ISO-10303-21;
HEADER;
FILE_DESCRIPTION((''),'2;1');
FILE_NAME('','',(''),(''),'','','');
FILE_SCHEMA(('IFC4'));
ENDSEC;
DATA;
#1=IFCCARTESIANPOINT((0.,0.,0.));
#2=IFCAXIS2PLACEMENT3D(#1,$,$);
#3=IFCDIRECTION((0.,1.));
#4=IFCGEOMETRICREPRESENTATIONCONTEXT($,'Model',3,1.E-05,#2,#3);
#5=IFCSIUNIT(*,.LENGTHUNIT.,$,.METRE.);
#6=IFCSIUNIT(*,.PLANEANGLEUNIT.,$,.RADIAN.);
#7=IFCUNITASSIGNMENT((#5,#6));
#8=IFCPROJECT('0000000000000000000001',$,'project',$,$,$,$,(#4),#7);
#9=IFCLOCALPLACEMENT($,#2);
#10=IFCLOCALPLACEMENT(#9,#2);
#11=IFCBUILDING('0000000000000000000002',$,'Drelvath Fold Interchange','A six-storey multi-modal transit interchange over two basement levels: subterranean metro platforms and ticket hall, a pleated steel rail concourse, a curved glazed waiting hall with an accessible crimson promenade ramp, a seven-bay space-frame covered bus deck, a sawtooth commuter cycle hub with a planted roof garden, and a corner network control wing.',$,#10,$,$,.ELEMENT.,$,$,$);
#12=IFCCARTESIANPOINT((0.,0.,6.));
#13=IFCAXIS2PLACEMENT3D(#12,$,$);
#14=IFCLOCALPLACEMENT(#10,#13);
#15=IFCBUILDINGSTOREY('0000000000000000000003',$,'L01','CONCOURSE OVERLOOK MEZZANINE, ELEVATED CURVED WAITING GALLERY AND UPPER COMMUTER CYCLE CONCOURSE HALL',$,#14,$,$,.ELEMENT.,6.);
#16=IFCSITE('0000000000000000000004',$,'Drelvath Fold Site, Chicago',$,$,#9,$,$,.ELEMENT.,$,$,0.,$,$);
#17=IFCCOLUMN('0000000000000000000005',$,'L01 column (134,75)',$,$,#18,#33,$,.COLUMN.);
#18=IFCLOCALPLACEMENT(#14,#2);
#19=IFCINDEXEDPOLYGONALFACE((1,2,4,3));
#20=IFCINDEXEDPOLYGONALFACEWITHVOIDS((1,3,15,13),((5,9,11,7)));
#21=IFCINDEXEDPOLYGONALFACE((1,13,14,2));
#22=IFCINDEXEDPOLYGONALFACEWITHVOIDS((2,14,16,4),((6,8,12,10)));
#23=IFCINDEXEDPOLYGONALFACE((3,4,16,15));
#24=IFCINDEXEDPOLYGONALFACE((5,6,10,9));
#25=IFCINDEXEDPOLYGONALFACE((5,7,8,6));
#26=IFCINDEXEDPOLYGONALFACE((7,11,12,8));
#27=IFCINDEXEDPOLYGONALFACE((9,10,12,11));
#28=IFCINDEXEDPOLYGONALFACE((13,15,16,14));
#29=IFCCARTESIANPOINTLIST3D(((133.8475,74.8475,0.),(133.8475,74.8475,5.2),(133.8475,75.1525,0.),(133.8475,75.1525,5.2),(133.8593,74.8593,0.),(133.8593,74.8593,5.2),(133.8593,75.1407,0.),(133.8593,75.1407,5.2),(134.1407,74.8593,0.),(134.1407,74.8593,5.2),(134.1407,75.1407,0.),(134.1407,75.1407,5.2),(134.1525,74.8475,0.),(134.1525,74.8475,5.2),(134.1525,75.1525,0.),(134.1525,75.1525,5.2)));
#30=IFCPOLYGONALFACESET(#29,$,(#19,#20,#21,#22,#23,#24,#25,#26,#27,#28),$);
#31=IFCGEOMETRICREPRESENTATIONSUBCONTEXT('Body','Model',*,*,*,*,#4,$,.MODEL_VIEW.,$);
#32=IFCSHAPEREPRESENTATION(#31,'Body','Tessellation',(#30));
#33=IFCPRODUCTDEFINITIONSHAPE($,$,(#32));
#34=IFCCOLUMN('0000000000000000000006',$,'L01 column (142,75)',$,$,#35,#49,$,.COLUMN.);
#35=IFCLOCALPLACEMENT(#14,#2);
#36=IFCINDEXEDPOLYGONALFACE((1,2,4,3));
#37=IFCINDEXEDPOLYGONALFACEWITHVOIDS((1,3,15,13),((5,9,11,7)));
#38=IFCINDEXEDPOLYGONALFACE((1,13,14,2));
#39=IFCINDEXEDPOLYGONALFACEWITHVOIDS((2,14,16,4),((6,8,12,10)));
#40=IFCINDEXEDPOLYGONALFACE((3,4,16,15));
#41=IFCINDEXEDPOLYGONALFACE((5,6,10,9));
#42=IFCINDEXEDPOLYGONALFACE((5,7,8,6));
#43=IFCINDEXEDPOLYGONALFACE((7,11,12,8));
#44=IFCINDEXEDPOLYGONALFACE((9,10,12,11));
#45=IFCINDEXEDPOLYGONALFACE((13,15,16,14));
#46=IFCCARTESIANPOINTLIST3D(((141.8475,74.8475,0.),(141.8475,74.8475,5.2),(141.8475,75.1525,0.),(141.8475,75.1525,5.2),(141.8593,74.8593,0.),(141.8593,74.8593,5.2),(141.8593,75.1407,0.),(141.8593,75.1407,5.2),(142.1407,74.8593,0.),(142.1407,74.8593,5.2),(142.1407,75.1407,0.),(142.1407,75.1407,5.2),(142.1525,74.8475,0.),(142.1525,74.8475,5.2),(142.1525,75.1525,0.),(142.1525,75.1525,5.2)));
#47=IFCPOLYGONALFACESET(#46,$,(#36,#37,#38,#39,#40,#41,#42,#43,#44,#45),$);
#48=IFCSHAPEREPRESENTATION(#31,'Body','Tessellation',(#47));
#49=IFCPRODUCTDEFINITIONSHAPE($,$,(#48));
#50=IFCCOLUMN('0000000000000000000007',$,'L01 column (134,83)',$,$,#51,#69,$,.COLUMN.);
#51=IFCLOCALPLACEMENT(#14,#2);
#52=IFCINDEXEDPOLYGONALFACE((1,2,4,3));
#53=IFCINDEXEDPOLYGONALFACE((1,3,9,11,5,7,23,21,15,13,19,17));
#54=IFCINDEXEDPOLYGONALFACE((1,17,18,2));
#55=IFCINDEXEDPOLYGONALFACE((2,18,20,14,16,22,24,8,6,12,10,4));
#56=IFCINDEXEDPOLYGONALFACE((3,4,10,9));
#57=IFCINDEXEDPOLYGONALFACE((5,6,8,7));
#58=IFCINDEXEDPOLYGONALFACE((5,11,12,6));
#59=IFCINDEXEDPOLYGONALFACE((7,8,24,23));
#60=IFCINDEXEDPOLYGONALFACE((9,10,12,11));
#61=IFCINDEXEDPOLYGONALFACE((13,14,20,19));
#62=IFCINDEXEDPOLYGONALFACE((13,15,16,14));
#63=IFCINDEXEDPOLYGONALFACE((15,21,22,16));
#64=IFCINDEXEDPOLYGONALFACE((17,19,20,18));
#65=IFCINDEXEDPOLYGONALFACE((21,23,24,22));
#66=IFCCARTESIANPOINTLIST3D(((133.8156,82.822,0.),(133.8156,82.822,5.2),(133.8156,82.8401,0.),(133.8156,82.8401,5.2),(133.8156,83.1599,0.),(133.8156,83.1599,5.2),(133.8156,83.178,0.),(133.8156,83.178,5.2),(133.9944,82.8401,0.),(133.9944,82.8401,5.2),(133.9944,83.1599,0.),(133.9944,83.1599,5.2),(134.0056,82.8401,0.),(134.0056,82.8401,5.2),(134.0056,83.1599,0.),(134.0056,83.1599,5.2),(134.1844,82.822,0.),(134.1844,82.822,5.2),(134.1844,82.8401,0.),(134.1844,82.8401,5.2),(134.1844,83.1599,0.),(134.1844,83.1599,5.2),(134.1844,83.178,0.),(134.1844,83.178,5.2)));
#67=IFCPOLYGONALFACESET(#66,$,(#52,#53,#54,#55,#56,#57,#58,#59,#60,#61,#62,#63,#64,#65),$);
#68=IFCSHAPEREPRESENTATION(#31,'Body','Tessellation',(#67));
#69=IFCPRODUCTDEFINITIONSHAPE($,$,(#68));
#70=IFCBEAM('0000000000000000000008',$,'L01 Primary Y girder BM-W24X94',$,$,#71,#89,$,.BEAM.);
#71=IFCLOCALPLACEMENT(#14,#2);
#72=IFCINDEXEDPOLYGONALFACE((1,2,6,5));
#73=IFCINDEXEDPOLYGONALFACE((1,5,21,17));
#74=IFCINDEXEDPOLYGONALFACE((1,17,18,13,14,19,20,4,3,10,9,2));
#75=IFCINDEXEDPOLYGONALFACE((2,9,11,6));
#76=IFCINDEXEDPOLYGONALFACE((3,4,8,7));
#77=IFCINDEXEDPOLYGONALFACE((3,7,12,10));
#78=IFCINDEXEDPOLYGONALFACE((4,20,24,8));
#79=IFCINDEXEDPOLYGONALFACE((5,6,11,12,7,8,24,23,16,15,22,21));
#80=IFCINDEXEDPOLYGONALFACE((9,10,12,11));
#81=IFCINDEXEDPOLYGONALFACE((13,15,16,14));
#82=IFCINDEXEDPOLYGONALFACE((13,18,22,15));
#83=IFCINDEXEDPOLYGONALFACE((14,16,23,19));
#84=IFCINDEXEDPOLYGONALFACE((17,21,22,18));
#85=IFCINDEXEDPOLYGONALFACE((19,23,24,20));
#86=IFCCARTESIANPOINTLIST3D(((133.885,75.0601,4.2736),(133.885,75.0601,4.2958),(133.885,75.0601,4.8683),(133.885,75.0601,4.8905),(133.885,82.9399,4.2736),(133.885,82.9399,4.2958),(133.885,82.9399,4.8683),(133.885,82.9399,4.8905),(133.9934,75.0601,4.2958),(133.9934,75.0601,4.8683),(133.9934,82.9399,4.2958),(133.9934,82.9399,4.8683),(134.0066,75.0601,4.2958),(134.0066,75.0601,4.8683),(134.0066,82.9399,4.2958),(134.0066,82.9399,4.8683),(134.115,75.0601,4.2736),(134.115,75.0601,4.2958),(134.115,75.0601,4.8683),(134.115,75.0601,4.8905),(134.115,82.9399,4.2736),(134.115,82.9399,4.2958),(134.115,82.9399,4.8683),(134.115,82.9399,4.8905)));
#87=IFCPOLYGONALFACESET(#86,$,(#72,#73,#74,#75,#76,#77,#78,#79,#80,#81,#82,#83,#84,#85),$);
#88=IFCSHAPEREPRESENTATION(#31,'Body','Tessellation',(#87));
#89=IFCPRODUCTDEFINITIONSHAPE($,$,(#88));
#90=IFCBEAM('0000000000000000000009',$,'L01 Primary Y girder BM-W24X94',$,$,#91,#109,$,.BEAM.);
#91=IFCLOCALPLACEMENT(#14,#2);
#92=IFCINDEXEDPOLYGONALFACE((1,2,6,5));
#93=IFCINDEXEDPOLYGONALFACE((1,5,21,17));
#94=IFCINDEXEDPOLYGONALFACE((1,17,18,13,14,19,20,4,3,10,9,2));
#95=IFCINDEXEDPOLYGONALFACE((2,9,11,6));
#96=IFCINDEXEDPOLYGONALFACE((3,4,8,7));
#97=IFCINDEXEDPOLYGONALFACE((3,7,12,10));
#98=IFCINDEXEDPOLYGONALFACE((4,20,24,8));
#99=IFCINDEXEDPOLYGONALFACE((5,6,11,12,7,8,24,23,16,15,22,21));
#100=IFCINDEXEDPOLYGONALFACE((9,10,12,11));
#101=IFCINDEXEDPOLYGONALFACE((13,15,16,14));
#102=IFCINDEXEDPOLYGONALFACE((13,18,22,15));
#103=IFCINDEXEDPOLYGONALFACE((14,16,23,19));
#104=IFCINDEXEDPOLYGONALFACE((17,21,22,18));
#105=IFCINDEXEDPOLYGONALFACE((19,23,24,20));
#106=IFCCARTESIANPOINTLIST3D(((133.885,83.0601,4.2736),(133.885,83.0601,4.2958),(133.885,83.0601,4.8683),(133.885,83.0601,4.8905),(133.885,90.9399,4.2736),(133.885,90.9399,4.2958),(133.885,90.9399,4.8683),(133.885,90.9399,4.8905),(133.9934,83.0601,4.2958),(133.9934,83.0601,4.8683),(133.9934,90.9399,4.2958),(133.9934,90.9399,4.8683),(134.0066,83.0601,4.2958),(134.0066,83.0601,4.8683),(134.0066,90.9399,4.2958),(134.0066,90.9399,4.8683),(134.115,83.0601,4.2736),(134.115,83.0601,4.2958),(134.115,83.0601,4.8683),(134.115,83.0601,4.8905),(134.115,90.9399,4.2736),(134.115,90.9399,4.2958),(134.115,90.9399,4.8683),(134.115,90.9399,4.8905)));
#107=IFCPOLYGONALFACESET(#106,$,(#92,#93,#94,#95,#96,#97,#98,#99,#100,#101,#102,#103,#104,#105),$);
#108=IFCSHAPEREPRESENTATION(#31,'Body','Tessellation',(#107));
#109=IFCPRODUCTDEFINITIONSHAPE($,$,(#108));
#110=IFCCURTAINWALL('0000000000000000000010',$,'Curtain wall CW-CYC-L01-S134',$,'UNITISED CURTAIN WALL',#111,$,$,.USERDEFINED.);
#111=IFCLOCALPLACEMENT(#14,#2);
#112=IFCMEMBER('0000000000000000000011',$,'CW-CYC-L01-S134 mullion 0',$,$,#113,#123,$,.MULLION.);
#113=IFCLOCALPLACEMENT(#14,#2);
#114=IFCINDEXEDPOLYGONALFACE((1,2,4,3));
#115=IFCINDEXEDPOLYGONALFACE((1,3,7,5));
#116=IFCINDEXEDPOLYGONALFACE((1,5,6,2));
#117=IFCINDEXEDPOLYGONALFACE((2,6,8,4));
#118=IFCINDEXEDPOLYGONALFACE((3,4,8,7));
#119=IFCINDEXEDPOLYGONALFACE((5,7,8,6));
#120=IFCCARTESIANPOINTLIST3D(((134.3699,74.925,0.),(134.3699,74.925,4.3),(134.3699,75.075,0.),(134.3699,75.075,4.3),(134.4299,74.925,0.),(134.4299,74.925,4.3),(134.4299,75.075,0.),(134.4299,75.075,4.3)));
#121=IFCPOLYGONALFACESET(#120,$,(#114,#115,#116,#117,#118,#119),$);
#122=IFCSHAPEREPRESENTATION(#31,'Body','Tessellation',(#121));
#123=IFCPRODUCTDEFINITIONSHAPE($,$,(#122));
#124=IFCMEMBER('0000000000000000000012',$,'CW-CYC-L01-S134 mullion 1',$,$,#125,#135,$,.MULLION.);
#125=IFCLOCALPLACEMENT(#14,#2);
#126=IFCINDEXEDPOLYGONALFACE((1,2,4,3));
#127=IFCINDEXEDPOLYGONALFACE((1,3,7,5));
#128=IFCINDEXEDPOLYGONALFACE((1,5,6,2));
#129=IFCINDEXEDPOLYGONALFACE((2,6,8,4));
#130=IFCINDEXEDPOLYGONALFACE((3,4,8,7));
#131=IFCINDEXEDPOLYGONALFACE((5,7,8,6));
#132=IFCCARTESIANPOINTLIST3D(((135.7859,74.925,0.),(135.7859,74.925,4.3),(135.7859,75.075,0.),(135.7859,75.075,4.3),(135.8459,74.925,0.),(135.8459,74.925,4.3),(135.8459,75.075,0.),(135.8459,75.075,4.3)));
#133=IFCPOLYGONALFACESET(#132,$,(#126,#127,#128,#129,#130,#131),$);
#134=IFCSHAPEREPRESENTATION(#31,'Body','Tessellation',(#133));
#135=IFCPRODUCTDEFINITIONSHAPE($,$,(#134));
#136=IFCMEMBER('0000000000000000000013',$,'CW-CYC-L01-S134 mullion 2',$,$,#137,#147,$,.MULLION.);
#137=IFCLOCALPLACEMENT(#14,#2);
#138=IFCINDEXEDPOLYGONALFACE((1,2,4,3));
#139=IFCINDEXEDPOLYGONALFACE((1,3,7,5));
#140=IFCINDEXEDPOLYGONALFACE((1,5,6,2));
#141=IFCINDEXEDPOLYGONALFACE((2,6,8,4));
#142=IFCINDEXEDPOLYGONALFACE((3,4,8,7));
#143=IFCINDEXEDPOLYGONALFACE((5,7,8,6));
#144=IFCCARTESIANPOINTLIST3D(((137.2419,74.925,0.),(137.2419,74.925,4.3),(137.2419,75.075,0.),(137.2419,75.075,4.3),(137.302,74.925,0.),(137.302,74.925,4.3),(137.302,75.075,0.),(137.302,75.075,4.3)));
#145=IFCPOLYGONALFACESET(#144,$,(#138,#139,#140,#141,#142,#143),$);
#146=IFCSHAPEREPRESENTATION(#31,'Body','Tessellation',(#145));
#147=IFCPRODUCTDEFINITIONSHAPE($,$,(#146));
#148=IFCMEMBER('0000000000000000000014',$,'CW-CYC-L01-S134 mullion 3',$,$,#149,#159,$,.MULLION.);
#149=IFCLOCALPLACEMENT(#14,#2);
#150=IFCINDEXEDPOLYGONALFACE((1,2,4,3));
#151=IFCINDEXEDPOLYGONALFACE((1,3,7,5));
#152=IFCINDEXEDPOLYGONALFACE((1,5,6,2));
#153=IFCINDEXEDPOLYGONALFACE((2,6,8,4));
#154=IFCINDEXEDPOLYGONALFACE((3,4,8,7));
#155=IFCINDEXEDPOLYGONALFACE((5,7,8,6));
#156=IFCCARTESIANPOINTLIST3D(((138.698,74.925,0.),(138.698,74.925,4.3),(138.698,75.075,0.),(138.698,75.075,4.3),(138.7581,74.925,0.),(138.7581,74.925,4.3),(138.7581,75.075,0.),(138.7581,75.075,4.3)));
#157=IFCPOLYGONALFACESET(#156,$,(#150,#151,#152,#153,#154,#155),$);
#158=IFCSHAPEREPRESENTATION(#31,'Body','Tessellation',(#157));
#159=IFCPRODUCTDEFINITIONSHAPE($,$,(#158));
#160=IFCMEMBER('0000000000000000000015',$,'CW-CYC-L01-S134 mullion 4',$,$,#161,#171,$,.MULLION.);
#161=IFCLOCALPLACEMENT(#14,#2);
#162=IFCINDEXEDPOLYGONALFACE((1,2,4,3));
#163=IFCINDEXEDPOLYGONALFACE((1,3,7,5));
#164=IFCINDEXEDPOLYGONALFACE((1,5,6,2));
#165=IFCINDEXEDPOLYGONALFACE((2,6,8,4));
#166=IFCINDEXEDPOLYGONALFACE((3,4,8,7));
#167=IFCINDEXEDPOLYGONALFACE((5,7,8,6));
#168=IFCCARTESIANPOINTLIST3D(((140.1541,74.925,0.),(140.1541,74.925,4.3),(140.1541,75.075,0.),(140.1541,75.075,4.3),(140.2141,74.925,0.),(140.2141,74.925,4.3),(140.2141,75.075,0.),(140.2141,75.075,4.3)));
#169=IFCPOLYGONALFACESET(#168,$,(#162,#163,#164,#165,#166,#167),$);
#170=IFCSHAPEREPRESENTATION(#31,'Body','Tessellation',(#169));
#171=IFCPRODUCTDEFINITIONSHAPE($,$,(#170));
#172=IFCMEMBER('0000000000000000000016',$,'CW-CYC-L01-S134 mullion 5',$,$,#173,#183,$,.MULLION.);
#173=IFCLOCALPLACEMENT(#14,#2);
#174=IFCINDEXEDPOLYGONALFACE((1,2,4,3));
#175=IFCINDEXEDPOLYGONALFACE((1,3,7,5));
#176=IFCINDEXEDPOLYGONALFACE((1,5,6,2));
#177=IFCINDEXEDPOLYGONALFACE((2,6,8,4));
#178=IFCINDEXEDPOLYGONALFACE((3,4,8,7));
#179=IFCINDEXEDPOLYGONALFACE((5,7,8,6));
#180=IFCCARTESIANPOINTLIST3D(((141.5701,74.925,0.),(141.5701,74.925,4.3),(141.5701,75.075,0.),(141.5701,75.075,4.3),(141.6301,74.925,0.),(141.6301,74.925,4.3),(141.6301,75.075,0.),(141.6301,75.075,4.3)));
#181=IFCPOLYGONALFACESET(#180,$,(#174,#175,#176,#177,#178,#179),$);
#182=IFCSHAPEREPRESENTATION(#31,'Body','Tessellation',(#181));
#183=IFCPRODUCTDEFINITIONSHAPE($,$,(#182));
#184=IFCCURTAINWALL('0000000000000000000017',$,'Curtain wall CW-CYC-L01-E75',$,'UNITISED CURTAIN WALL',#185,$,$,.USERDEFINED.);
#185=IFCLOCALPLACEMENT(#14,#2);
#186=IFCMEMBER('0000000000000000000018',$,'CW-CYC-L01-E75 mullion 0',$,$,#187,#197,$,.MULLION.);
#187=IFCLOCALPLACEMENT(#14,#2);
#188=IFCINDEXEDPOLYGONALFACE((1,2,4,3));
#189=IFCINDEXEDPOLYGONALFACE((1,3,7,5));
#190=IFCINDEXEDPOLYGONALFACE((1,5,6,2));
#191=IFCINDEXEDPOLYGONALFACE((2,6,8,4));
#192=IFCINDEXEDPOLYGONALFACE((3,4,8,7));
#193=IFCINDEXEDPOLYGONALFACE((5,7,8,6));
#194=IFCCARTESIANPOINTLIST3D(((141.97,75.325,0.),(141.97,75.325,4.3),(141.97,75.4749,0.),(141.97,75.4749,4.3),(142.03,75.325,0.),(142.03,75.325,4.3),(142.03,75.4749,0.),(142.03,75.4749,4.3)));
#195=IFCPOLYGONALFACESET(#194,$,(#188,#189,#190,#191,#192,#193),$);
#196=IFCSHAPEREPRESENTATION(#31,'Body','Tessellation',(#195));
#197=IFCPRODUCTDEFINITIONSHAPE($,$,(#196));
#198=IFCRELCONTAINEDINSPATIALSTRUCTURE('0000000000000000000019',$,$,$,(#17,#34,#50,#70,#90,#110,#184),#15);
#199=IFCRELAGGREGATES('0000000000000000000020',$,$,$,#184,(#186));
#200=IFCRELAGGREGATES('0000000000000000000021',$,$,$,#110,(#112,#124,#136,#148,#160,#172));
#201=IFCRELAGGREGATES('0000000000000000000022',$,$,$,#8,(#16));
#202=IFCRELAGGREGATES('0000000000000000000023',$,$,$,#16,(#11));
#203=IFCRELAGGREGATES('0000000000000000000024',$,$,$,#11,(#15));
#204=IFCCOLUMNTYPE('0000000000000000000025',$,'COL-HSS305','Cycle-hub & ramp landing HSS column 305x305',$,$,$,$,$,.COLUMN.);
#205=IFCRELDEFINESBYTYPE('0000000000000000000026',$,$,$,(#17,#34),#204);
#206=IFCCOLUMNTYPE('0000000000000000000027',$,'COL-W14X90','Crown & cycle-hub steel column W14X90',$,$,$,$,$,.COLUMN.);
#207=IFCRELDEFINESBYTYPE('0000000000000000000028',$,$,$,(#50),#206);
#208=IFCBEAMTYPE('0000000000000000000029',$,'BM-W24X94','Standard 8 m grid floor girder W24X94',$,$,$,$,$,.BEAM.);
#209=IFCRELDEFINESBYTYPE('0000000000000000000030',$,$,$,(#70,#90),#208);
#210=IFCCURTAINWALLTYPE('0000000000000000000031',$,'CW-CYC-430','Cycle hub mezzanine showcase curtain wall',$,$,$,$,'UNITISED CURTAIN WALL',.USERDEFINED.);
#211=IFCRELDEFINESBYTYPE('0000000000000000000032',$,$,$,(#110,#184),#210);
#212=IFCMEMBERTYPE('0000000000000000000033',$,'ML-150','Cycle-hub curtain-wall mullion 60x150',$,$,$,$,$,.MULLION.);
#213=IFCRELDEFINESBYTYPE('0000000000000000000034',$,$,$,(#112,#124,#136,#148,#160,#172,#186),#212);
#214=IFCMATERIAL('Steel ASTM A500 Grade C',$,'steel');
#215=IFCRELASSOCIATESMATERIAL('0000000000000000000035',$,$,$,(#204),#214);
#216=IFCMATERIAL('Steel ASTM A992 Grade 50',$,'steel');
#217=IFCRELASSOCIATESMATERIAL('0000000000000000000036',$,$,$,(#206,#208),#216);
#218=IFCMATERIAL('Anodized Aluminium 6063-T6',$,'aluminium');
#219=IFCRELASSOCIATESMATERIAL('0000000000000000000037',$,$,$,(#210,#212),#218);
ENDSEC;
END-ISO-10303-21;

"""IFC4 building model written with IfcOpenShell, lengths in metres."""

from ifc_helpers import new_model, si_unit, direction, frame, origin, origin_2d, place, context, subcontext, project, spatial, rectangle, hollow_rectangle, i_section, extrude, material, material_profile, profile_set, type_object, element, aggregate, save


model = new_model("IFC4")

# Units and contexts
model_context = context("Model", 3, precision=1e-05, world=origin(), true_north=direction((0.0, 1.0)))
body_context = subcontext(model_context, "Body", "Model", "MODEL_VIEW")
ifc_project = project(units=[si_unit("LENGTHUNIT", "METRE"), si_unit("PLANEANGLEUNIT", "RADIAN")], contexts=[model_context])

# Site, building, storey
site_placement = place(None, origin())
site = spatial("IfcSite", under=ifc_project, at=site_placement, Name="Drelvath Fold Site, Chicago", CompositionType="ELEMENT", RefElevation=0.0)
building_placement = place(site_placement, origin())
building = spatial("IfcBuilding", under=site, at=building_placement, Name="Drelvath Fold Interchange", Description="A six-storey multi-modal transit interchange over two basement levels: subterranean metro platforms and ticket hall, a pleated steel rail concourse, a curved glazed waiting hall with an accessible crimson promenade ramp, a seven-bay space-frame covered bus deck, a sawtooth commuter cycle hub with a planted roof garden, and a corner network control wing.", CompositionType="ELEMENT")
storey_placement = place(building_placement, frame((0.0, 0.0, 6.0)))
storey = spatial("IfcBuildingStorey", under=building, at=storey_placement, Name="L01", Description="CONCOURSE OVERLOOK MEZZANINE, ELEVATED CURVED WAITING GALLERY AND UPPER COMMUTER CYCLE CONCOURSE HALL", CompositionType="ELEMENT", Elevation=6.0)

# Columns
ifc_material_1 = material(Name="Steel ASTM A500 Grade C", Category="steel")
ifc_material_profile_1 = material_profile(ifc_material_1, hollow_rectangle(XDim=0.3049, YDim=0.3049, WallThickness=0.0117, at=origin_2d()), Name="HSS12X12X1/2")
ifc_profile_set_1 = profile_set([ifc_material_profile_1], Name="Steel ASTM A500 Grade C")
column_type_1 = type_object("IfcColumnType", Name="COL-HSS305", Description="Cycle-hub & ramp landing HSS column 305x305", PredefinedType="COLUMN", material=ifc_profile_set_1)
for number, where, z_axis, x_axis, name in (
    (1, (134.0, 75.0, 0.0), (0.0, 0.0, 1.0), (1.0, 0.0, 0.0), "L01 column (134,75)"),
    (2, (142.0, 75.0, 0.0), (0.0, 0.0, 1.0), (1.0, 0.0, 0.0), "L01 column (142,75)"),
):
    element("IfcColumn", number, at=place(storey_placement, frame(where, z_axis=z_axis, x_axis=x_axis)), inside=storey, type_object=column_type_1, Name=name, PredefinedType="COLUMN", context=body_context, shape_type="SweptSolid", body=[
        extrude(hollow_rectangle(XDim=0.3049, YDim=0.3049, WallThickness=0.0117, at=origin_2d()), origin(), (0.0, 0.0, 1.0), 5.2),
    ])
ifc_material_2 = material(Name="Steel ASTM A992 Grade 50", Category="steel")
ifc_material_profile_2 = material_profile(ifc_material_2, i_section(OverallWidth=0.3689, OverallDepth=0.356, WebThickness=0.0112, FlangeThickness=0.0181, at=origin_2d()), Name="W14X90")
ifc_profile_set_2 = profile_set([ifc_material_profile_2], Name="Steel ASTM A992 Grade 50")
column_type_2 = type_object("IfcColumnType", Name="COL-W14X90", Description="Crown & cycle-hub steel column W14X90", PredefinedType="COLUMN", material=ifc_profile_set_2)
column_placement = place(storey_placement, frame((134.0, 83.0, 0.0), z_axis=(0.0, 0.0, 1.0), x_axis=(1.0, 0.0, 0.0)))
element("IfcColumn", 3, at=column_placement, inside=storey, type_object=column_type_2, Name="L01 column (134,83)", PredefinedType="COLUMN", context=body_context, shape_type="SweptSolid", body=[
    extrude(i_section(OverallWidth=0.3689, OverallDepth=0.356, WebThickness=0.0112, FlangeThickness=0.0181, at=origin_2d()), origin(), (0.0, 0.0, 1.0), 5.2),
])

# Beams
ifc_material_profile_3 = material_profile(ifc_material_2, i_section(OverallWidth=0.23, OverallDepth=0.6169, WebThickness=0.0132, FlangeThickness=0.0222, at=origin_2d()), Name="W24X94")
ifc_profile_set_3 = profile_set([ifc_material_profile_3], Name="Steel ASTM A992 Grade 50")
beam_type = type_object("IfcBeamType", Name="BM-W24X94", Description="Standard 8 m grid floor girder W24X94", PredefinedType="BEAM", material=ifc_profile_set_3)
for number, where, z_axis, x_axis, name in (
    (4, (134.0, 75.0601, 4.582), (0.0, 1.0, 0.0), (-1.0, 0.0, 0.0), "L01 Primary Y girder BM-W24X94"),
    (5, (134.0, 83.0601, 4.582), (0.0, 1.0, 0.0), (-1.0, 0.0, 0.0), "L01 Primary Y girder BM-W24X94"),
):
    element("IfcBeam", number, at=place(storey_placement, frame(where, z_axis=z_axis, x_axis=x_axis)), inside=storey, type_object=beam_type, Name=name, PredefinedType="BEAM", context=body_context, shape_type="SweptSolid", body=[
        extrude(i_section(OverallWidth=0.23, OverallDepth=0.6169, WebThickness=0.0132, FlangeThickness=0.0222, at=origin_2d()), origin(), (0.0, 0.0, 1.0), 7.8799),
    ])

# Curtain wall, members
ifc_material_3 = material(Name="Anodized Aluminium 6063-T6", Category="aluminium")
curtain_wall_type = type_object("IfcCurtainWallType", Name="CW-CYC-430", Description="Cycle hub mezzanine showcase curtain wall", ElementType="UNITISED CURTAIN WALL", PredefinedType="USERDEFINED", material=ifc_material_3)
curtain_wall_1_placement = place(storey_placement, origin())
curtain_wall_1 = element("IfcCurtainWall", 6, at=curtain_wall_1_placement, inside=storey, type_object=curtain_wall_type, Name="Curtain wall CW-CYC-L01-S134", ObjectType="UNITISED CURTAIN WALL", PredefinedType="USERDEFINED")
ifc_material_profile_4 = material_profile(ifc_material_3, rectangle(XDim=0.0601, YDim=0.1499, at=origin_2d()), Name="AL-M 60x150")
ifc_profile_set_4 = profile_set([ifc_material_profile_4], Name="Anodized Aluminium 6063-T6")
member_type_1 = type_object("IfcMemberType", Name="ML-150", Description="Cycle-hub curtain-wall mullion 60x150", PredefinedType="MULLION", material=ifc_profile_set_4)
member_1_placement = place(storey_placement, frame((134.3999, 75.0, 0.0), z_axis=(0.0, 0.0, 1.0), x_axis=(1.0, 0.0, 0.0)))
member_1 = element("IfcMember", 7, at=member_1_placement, type_object=member_type_1, Name="CW-CYC-L01-S134 mullion 0", PredefinedType="MULLION", context=body_context, shape_type="SweptSolid", body=[
    extrude(rectangle(XDim=0.0601, YDim=0.1499, at=origin_2d()), origin(), (0.0, 0.0, 1.0), 4.3),
])
member_2_placement = place(storey_placement, frame((135.8159, 75.0, 0.0), z_axis=(0.0, 0.0, 1.0), x_axis=(1.0, 0.0, 0.0)))
member_2 = element("IfcMember", 8, at=member_2_placement, type_object=member_type_1, Name="CW-CYC-L01-S134 mullion 1", PredefinedType="MULLION", context=body_context, shape_type="SweptSolid", body=[
    extrude(rectangle(XDim=0.0601, YDim=0.1499, at=origin_2d()), origin(), (0.0, 0.0, 1.0), 4.3),
])
member_3_placement = place(storey_placement, frame((137.272, 75.0, 0.0), z_axis=(0.0, 0.0, 1.0), x_axis=(1.0, 0.0, 0.0)))
member_3 = element("IfcMember", 9, at=member_3_placement, type_object=member_type_1, Name="CW-CYC-L01-S134 mullion 2", PredefinedType="MULLION", context=body_context, shape_type="SweptSolid", body=[
    extrude(rectangle(XDim=0.0601, YDim=0.1499, at=origin_2d()), origin(), (0.0, 0.0, 1.0), 4.3),
])
member_4_placement = place(storey_placement, frame((138.728, 75.0, 0.0), z_axis=(0.0, 0.0, 1.0), x_axis=(1.0, 0.0, 0.0)))
member_4 = element("IfcMember", 10, at=member_4_placement, type_object=member_type_1, Name="CW-CYC-L01-S134 mullion 3", PredefinedType="MULLION", context=body_context, shape_type="SweptSolid", body=[
    extrude(rectangle(XDim=0.0601, YDim=0.1499, at=origin_2d()), origin(), (0.0, 0.0, 1.0), 4.3),
])
member_5_placement = place(storey_placement, frame((140.1841, 75.0, 0.0), z_axis=(0.0, 0.0, 1.0), x_axis=(1.0, 0.0, 0.0)))
member_5 = element("IfcMember", 11, at=member_5_placement, type_object=member_type_1, Name="CW-CYC-L01-S134 mullion 4", PredefinedType="MULLION", context=body_context, shape_type="SweptSolid", body=[
    extrude(rectangle(XDim=0.0601, YDim=0.1499, at=origin_2d()), origin(), (0.0, 0.0, 1.0), 4.3),
])
member_6_placement = place(storey_placement, frame((141.6001, 75.0, 0.0), z_axis=(0.0, 0.0, 1.0), x_axis=(1.0, 0.0, 0.0)))
member_6 = element("IfcMember", 12, at=member_6_placement, type_object=member_type_1, Name="CW-CYC-L01-S134 mullion 5", PredefinedType="MULLION", context=body_context, shape_type="SweptSolid", body=[
    extrude(rectangle(XDim=0.0601, YDim=0.1499, at=origin_2d()), origin(), (0.0, 0.0, 1.0), 4.3),
])

# Curtain wall, member
curtain_wall_2_placement = place(storey_placement, origin())
curtain_wall_2 = element("IfcCurtainWall", 13, at=curtain_wall_2_placement, inside=storey, type_object=curtain_wall_type, Name="Curtain wall CW-CYC-L01-E75", ObjectType="UNITISED CURTAIN WALL", PredefinedType="USERDEFINED")
member_7_placement = place(storey_placement, frame((142.0, 75.3999, 0.0), z_axis=(0.0, 0.0, 1.0), x_axis=(1.0, 0.0, 0.0)))
member_7 = element("IfcMember", 14, at=member_7_placement, type_object=member_type_1, Name="CW-CYC-L01-E75 mullion 0", PredefinedType="MULLION", context=body_context, shape_type="SweptSolid", body=[
    extrude(rectangle(XDim=0.0601, YDim=0.1499, at=origin_2d()), origin(), (0.0, 0.0, 1.0), 4.3),
])

aggregate(curtain_wall_2, [member_7])

aggregate(curtain_wall_1, [member_1, member_2, member_3, member_4, member_5, member_6])

save(model, "model.ifc")
